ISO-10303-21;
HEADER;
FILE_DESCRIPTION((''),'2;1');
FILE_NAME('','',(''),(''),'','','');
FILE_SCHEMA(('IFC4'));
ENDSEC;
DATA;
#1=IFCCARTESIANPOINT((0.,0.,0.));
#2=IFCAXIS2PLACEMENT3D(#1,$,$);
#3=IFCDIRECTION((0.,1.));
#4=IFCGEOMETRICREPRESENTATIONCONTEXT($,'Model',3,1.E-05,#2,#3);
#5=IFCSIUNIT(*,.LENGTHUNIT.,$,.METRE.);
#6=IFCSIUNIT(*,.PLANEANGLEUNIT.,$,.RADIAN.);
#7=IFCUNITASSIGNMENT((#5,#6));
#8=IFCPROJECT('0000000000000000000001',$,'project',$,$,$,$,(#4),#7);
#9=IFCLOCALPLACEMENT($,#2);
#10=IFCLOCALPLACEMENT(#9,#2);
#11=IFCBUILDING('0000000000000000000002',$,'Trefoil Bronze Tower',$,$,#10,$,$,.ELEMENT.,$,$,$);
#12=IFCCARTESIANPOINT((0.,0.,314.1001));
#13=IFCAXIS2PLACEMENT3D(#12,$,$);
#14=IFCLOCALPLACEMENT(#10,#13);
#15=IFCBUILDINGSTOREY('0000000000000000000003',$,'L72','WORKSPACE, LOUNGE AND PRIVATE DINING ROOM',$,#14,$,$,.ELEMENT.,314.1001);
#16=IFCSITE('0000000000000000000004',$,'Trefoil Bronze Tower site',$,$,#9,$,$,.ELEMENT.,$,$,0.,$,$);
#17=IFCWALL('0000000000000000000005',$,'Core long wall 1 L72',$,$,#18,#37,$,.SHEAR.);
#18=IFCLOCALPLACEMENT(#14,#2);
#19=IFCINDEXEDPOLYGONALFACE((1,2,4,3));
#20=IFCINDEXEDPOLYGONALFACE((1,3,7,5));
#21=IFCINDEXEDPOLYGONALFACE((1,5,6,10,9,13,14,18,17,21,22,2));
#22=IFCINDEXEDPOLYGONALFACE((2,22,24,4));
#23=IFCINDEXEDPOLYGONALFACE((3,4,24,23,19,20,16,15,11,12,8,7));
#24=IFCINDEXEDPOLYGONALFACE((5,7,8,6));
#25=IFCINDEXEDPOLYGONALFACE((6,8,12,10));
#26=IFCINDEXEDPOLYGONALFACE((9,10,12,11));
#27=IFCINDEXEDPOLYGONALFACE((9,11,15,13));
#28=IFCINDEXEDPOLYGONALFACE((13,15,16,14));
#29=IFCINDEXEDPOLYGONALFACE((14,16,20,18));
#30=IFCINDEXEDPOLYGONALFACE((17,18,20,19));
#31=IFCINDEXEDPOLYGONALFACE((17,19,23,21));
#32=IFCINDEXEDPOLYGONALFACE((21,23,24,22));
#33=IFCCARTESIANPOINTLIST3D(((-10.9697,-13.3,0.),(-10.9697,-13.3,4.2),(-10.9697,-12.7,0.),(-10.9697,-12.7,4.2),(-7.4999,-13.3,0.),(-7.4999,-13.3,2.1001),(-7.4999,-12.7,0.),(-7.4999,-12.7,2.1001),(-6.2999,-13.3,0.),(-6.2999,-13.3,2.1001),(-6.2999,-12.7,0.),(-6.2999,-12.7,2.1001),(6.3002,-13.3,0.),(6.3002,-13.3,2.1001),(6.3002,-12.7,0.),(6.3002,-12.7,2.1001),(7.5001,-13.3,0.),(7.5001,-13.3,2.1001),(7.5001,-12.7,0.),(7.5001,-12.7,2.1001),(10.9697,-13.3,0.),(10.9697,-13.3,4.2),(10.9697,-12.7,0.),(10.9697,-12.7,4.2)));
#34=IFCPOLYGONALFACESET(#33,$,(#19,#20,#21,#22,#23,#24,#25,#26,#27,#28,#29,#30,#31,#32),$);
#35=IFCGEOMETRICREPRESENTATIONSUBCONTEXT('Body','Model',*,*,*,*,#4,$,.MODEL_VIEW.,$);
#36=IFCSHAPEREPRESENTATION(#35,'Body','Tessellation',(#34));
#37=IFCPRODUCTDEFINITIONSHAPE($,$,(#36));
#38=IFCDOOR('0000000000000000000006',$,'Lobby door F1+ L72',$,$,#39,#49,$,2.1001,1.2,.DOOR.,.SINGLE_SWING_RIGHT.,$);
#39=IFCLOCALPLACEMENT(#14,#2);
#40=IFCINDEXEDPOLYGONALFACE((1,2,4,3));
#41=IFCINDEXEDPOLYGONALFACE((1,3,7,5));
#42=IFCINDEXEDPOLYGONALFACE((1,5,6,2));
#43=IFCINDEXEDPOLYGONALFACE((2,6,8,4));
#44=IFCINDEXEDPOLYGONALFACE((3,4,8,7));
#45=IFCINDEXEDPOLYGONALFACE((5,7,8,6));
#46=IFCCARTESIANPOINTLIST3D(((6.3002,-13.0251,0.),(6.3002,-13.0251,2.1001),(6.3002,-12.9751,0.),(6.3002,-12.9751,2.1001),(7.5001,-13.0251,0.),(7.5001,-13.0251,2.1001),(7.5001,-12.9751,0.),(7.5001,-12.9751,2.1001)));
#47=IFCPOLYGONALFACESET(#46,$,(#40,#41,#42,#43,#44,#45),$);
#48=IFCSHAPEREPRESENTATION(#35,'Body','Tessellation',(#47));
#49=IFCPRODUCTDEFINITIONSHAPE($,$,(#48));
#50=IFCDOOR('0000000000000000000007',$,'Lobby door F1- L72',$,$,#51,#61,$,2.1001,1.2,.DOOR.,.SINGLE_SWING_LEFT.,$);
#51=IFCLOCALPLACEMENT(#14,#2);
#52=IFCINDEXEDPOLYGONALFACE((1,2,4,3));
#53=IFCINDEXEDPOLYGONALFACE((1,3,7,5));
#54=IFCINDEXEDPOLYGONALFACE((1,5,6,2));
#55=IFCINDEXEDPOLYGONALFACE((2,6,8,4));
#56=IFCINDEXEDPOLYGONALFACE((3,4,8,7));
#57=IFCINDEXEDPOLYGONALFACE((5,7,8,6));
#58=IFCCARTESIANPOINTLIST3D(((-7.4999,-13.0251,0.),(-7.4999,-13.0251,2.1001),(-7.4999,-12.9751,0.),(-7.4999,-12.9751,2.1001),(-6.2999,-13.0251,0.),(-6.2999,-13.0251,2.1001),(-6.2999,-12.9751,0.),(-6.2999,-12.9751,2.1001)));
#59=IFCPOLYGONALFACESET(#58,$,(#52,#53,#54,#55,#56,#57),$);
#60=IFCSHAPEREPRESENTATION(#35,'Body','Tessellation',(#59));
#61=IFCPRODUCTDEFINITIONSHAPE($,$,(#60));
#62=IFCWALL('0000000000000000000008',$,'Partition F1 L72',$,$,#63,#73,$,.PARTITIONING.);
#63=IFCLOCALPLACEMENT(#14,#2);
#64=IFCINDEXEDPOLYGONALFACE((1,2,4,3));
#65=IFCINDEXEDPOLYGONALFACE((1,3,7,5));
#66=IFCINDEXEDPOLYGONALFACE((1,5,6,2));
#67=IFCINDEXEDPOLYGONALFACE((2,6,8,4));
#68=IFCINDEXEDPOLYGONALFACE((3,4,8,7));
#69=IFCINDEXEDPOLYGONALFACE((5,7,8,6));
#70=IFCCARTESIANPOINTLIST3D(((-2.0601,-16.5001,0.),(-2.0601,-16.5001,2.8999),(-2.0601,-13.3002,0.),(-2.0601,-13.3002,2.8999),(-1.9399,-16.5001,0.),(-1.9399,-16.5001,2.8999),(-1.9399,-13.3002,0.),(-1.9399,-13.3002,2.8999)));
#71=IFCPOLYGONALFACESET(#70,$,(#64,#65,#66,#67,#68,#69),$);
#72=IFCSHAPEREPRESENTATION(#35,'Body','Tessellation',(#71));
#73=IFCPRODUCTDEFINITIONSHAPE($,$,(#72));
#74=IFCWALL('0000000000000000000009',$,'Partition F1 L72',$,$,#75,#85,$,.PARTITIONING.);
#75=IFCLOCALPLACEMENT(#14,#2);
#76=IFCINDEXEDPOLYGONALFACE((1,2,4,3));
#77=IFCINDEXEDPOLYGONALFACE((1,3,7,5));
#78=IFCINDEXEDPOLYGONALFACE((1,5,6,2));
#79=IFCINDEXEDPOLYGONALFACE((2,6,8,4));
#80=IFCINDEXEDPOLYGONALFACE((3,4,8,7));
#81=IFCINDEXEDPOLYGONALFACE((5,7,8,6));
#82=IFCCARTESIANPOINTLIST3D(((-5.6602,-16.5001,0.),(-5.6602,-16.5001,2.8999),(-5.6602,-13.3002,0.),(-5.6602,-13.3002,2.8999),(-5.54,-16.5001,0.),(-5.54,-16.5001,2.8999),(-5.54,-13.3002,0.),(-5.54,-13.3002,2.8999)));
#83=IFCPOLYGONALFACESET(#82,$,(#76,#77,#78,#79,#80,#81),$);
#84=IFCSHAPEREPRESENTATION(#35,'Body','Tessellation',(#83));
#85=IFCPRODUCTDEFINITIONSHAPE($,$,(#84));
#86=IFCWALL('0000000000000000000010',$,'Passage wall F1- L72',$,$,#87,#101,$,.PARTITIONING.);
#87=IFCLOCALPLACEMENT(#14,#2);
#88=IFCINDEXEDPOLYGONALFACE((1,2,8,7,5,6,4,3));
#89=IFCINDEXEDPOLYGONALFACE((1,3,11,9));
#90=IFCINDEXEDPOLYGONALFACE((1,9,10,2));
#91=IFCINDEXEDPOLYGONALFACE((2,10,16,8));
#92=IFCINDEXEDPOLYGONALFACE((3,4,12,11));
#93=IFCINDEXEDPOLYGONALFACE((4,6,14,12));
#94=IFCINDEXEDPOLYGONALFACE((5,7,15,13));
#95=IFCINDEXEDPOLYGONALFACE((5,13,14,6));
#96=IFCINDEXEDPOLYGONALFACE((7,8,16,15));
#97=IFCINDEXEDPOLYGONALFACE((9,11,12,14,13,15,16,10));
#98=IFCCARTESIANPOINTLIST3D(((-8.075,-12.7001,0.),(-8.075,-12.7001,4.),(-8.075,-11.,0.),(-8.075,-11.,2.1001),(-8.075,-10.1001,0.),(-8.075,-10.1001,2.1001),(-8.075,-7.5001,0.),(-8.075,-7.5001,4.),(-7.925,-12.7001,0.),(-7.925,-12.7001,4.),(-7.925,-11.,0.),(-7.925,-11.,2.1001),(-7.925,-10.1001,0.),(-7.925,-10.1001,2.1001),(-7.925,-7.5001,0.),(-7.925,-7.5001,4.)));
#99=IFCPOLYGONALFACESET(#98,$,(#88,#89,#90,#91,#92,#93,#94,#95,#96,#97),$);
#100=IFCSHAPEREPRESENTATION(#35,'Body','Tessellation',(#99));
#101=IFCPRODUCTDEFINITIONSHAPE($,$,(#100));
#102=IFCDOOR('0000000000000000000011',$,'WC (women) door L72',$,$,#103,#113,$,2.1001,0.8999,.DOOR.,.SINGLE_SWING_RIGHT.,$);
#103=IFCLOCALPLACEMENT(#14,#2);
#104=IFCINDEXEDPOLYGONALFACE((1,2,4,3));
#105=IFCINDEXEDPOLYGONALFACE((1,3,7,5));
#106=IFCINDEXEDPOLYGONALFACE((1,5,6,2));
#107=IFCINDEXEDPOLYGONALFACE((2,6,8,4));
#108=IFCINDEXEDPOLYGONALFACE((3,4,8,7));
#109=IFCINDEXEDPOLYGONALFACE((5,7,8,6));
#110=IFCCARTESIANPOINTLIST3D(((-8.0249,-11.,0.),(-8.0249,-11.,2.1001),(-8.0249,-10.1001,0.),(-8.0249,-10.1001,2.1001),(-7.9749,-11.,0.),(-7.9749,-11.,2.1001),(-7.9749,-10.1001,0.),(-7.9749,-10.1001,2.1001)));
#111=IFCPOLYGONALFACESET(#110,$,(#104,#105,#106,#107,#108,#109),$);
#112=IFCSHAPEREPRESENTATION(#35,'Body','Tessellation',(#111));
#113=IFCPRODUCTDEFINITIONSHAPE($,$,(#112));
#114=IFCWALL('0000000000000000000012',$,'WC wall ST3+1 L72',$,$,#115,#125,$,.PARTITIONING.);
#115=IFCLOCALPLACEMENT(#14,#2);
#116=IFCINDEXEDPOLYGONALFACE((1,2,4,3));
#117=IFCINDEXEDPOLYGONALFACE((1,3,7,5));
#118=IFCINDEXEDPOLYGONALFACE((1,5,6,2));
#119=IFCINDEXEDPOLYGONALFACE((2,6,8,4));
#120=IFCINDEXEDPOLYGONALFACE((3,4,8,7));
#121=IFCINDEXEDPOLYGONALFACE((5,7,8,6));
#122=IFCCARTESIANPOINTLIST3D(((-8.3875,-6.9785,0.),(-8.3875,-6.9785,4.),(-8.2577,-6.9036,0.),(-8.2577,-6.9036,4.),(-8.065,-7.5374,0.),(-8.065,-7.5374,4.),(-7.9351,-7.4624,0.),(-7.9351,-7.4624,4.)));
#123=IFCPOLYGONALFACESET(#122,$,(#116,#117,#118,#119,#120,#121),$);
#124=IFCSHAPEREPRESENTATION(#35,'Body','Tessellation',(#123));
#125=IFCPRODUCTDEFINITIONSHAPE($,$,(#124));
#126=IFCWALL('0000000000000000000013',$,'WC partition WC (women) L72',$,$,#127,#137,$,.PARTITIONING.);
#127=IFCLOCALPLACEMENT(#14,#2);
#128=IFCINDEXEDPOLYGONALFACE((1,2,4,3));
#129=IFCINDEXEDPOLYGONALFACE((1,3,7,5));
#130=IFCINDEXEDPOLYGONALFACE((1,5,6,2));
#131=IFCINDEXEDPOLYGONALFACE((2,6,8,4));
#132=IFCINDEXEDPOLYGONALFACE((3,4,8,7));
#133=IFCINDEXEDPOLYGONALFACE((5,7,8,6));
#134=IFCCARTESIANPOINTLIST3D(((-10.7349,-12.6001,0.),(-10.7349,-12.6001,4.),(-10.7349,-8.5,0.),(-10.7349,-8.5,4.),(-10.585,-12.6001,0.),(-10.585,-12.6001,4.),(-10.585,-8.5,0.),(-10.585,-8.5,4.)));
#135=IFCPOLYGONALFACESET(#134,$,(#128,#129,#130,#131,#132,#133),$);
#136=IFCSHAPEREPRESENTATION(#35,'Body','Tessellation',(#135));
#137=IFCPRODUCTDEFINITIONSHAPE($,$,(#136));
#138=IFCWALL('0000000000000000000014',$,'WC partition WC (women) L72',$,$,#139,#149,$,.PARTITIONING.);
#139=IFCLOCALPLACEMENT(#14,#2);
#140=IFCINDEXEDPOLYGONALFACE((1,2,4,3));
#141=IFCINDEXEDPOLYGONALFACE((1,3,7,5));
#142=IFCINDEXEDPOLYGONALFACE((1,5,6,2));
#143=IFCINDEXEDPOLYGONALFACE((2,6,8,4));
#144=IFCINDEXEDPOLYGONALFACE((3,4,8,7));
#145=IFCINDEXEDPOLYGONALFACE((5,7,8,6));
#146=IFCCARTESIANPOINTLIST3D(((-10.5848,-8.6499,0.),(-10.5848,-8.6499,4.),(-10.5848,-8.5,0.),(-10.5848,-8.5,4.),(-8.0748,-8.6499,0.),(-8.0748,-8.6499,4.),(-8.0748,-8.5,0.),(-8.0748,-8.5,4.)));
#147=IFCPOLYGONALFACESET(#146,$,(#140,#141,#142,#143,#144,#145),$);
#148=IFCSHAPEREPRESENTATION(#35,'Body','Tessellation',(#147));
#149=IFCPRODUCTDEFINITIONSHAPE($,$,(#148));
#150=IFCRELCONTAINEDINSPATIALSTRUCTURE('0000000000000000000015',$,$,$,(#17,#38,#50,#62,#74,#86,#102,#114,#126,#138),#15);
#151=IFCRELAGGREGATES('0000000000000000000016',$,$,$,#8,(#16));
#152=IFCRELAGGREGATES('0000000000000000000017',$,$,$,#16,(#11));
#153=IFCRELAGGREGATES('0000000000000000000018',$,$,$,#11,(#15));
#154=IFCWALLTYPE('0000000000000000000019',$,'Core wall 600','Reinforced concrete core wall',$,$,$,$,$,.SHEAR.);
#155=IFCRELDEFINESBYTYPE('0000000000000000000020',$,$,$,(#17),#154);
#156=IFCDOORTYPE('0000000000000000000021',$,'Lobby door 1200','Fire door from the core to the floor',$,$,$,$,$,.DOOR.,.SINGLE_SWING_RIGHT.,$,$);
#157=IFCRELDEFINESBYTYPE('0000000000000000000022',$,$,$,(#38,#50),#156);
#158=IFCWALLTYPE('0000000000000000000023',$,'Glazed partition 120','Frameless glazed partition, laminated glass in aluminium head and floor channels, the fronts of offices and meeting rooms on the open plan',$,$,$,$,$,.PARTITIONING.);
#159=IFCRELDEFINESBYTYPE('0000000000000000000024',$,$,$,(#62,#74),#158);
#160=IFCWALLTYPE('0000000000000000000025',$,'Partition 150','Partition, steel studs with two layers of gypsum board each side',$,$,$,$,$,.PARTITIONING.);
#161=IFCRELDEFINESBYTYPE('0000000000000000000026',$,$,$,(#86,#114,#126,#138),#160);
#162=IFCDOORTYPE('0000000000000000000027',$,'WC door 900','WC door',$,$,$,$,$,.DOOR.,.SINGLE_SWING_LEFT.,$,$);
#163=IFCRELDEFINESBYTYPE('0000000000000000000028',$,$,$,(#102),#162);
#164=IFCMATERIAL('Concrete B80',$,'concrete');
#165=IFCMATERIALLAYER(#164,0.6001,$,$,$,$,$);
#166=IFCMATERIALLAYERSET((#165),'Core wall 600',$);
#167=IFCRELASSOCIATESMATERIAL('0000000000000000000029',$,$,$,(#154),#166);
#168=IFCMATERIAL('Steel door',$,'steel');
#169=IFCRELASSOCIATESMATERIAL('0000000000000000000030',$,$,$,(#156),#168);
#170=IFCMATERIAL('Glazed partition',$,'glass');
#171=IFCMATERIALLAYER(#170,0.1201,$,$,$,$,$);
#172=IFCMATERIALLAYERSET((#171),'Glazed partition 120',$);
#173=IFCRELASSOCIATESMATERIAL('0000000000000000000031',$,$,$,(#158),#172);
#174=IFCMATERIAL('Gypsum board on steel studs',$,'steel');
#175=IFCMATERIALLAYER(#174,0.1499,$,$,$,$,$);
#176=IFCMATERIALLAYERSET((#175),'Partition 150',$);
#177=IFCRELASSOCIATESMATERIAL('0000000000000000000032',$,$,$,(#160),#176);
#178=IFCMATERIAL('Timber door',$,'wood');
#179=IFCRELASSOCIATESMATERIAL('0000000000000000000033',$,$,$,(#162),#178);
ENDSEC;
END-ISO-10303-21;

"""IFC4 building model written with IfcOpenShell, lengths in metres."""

from ifc_helpers import new_model, si_unit, direction, frame, frame_2d, origin, place, context, subcontext, project, spatial, rectangle, extrude, material, layer, layer_set, type_object, element, fill, save


model = new_model("IFC4")

# Units and contexts
model_context = context("Model", 3, precision=1e-05, world=origin(), true_north=direction((0.0, 1.0)))
body_context = subcontext(model_context, "Body", "Model", "MODEL_VIEW")
ifc_project = project(units=[si_unit("LENGTHUNIT", "METRE"), si_unit("PLANEANGLEUNIT", "RADIAN")], contexts=[model_context])

# Site, building, storey
site_placement = place(None, origin())
site = spatial("IfcSite", under=ifc_project, at=site_placement, Name="Trefoil Bronze Tower site", CompositionType="ELEMENT", RefElevation=0.0)
building_placement = place(site_placement, origin())
building = spatial("IfcBuilding", under=site, at=building_placement, Name="Trefoil Bronze Tower", CompositionType="ELEMENT")
storey_placement = place(building_placement, frame((0.0, 0.0, 314.1001)))
storey = spatial("IfcBuildingStorey", under=building, at=storey_placement, Name="L72", Description="WORKSPACE, LOUNGE AND PRIVATE DINING ROOM", CompositionType="ELEMENT", Elevation=314.1001)

# Wall, openings, doors
ifc_material_1 = material(Name="Concrete B80", Category="concrete")
ifc_layer_1 = layer(ifc_material_1, 0.6001)
ifc_layer_set_1 = layer_set([ifc_layer_1], Name="Core wall 600")
wall_type_1 = type_object("IfcWallType", Name="Core wall 600", Description="Reinforced concrete core wall", PredefinedType="SHEAR", material=ifc_layer_set_1)
wall_1_placement = place(storey_placement, frame((-10.9697, -13.0, 0.0), z_axis=(0.0, 0.0, 1.0), x_axis=(1.0, 0.0, 0.0)))
wall_1 = element("IfcWall", 1, at=wall_1_placement, inside=storey, type_object=wall_type_1, Name="Core long wall 1 L72", PredefinedType="SHEAR", context=body_context, shape_type="SweptSolid", body=[
    extrude(rectangle(XDim=21.9395, YDim=0.6001, at=frame_2d((10.9697, 0.0))), origin(), (0.0, 0.0, 1.0), 4.2),
])
opening_1_placement = place(wall_1_placement, frame((17.2698, 0.0, 0.0)))
opening_1 = element("IfcOpeningElement", 2, at=opening_1_placement, cuts=wall_1, PredefinedType="OPENING", context=body_context, shape_type="SweptSolid", body=[
    extrude(rectangle(XDim=1.2, YDim=2.1001, at=frame_2d((0.6001, 1.05))), frame((0.0, 0.3101, 0.0), z_axis=(0.0, -1.0, 0.0), x_axis=(1.0, 0.0, 0.0)), (0.0, 0.0, 1.0), 0.6201),
])
opening_2_placement = place(wall_1_placement, frame((3.4697, 0.0, 0.0)))
opening_2 = element("IfcOpeningElement", 3, at=opening_2_placement, cuts=wall_1, PredefinedType="OPENING", context=body_context, shape_type="SweptSolid", body=[
    extrude(rectangle(XDim=1.2, YDim=2.1001, at=frame_2d((0.6001, 1.05))), frame((0.0, 0.3101, 0.0), z_axis=(0.0, -1.0, 0.0), x_axis=(1.0, 0.0, 0.0)), (0.0, 0.0, 1.0), 0.6201),
])
ifc_material_2 = material(Name="Steel door", Category="steel")
door_type_1 = type_object("IfcDoorType", Name="Lobby door 1200", Description="Fire door from the core to the floor", OperationType="SINGLE_SWING_RIGHT", PredefinedType="DOOR", material=ifc_material_2)
door_1_placement = place(opening_1_placement, origin())
door_1 = element("IfcDoor", 4, at=door_1_placement, inside=storey, type_object=door_type_1, Name="Lobby door F1+ L72", OperationType="SINGLE_SWING_RIGHT", OverallHeight=2.1001, OverallWidth=1.2, PredefinedType="DOOR", context=body_context, shape_type="SweptSolid", body=[
    extrude(rectangle(XDim=1.2, YDim=2.1001, at=frame_2d((0.6001, 1.05))), frame((0.0, 0.0249, 0.0), z_axis=(0.0, -1.0, 0.0), x_axis=(1.0, 0.0, 0.0)), (0.0, 0.0, 1.0), 0.05),
])
fill(opening_1, door_1)
door_2_placement = place(opening_2_placement, origin())
door_2 = element("IfcDoor", 5, at=door_2_placement, inside=storey, type_object=door_type_1, Name="Lobby door F1- L72", OperationType="SINGLE_SWING_LEFT", OverallHeight=2.1001, OverallWidth=1.2, PredefinedType="DOOR", context=body_context, shape_type="SweptSolid", body=[
    extrude(rectangle(XDim=1.2, YDim=2.1001, at=frame_2d((0.6001, 1.05))), frame((0.0, 0.0249, 0.0), z_axis=(0.0, -1.0, 0.0), x_axis=(1.0, 0.0, 0.0)), (0.0, 0.0, 1.0), 0.05),
])
fill(opening_2, door_2)

# Walls
ifc_material_3 = material(Name="Glazed partition", Category="glass")
ifc_layer_2 = layer(ifc_material_3, 0.1201)
ifc_layer_set_2 = layer_set([ifc_layer_2], Name="Glazed partition 120")
wall_type_2 = type_object("IfcWallType", Name="Glazed partition 120", Description="Frameless glazed partition, laminated glass in aluminium head and floor channels, the fronts of offices and meeting rooms on the open plan", PredefinedType="PARTITIONING", material=ifc_layer_set_2)
for number, where, z_axis, x_axis, name in (
    (6, (-2.0, -13.3, 0.0), (0.0, 0.0, 1.0), (0.0, -1.0, 0.0), "Partition F1 L72"),
    (7, (-5.6001, -13.3, 0.0), (0.0, 0.0, 1.0), (0.0, -1.0, 0.0), "Partition F1 L72"),
):
    element("IfcWall", number, at=place(storey_placement, frame(where, z_axis=z_axis, x_axis=x_axis)), inside=storey, type_object=wall_type_2, Name=name, PredefinedType="PARTITIONING", context=body_context, shape_type="SweptSolid", body=[
        extrude(rectangle(XDim=3.2, YDim=0.1201, at=frame_2d((1.6001, 0.0))), origin(), (0.0, 0.0, 1.0), 2.8999),
    ])

# Wall, opening, door
ifc_material_4 = material(Name="Gypsum board on steel studs", Category="steel")
ifc_layer_3 = layer(ifc_material_4, 0.1499)
ifc_layer_set_3 = layer_set([ifc_layer_3], Name="Partition 150")
wall_type_3 = type_object("IfcWallType", Name="Partition 150", Description="Partition, steel studs with two layers of gypsum board each side", PredefinedType="PARTITIONING", material=ifc_layer_set_3)
wall_2_placement = place(storey_placement, frame((-8.0, -7.5, 0.0), z_axis=(0.0, 0.0, 1.0), x_axis=(0.0, -1.0, 0.0)))
wall_2 = element("IfcWall", 8, at=wall_2_placement, inside=storey, type_object=wall_type_3, Name="Passage wall F1- L72", PredefinedType="PARTITIONING", context=body_context, shape_type="SweptSolid", body=[
    extrude(rectangle(XDim=5.2, YDim=0.1499, at=frame_2d((2.6001, 0.0))), origin(), (0.0, 0.0, 1.0), 4.0),
])
opening_3_placement = place(wall_2_placement, frame((2.6001, 0.0, 0.0)))
opening_3 = element("IfcOpeningElement", 9, at=opening_3_placement, cuts=wall_2, PredefinedType="OPENING", context=body_context, shape_type="SweptSolid", body=[
    extrude(rectangle(XDim=0.8999, YDim=2.1001, at=frame_2d((0.45, 1.05))), frame((0.0, 0.085, 0.0), z_axis=(0.0, -1.0, 0.0), x_axis=(1.0, 0.0, 0.0)), (0.0, 0.0, 1.0), 0.1699),
])
ifc_material_5 = material(Name="Timber door", Category="wood")
door_type_2 = type_object("IfcDoorType", Name="WC door 900", Description="WC door", OperationType="SINGLE_SWING_LEFT", PredefinedType="DOOR", material=ifc_material_5)
door_3_placement = place(opening_3_placement, frame((0.8999, 0.0, 0.0), z_axis=(0.0, 0.0, 1.0), x_axis=(-1.0, 0.0, 0.0)))
door_3 = element("IfcDoor", 10, at=door_3_placement, inside=storey, type_object=door_type_2, Name="WC (women) door L72", OperationType="SINGLE_SWING_RIGHT", OverallHeight=2.1001, OverallWidth=0.8999, PredefinedType="DOOR", context=body_context, shape_type="SweptSolid", body=[
    extrude(rectangle(XDim=0.8999, YDim=2.1001, at=frame_2d((0.45, 1.05))), frame((0.0, 0.0249, 0.0), z_axis=(0.0, -1.0, 0.0), x_axis=(1.0, 0.0, 0.0)), (0.0, 0.0, 1.0), 0.05),
])
fill(opening_3, door_3)

# Walls
wall_3_placement = place(storey_placement, frame((-8.0, -7.5, 0.0), z_axis=(0.0, 0.0, 1.0), x_axis=(-0.499843, 0.866116, 0.0)))
element("IfcWall", 11, at=wall_3_placement, inside=storey, type_object=wall_type_3, Name="WC wall ST3+1 L72", PredefinedType="PARTITIONING", context=body_context, shape_type="SweptSolid", body=[
    extrude(rectangle(XDim=0.6453, YDim=0.1499, at=frame_2d((0.3228, 0.0))), origin(), (0.0, 0.0, 1.0), 4.0),
])
wall_4_placement = place(storey_placement, frame((-10.6599, -8.5, 0.0), z_axis=(0.0, 0.0, 1.0), x_axis=(0.0, -1.0, 0.0)))
element("IfcWall", 12, at=wall_4_placement, inside=storey, type_object=wall_type_3, Name="WC partition WC (women) L72", PredefinedType="PARTITIONING", context=body_context, shape_type="SweptSolid", body=[
    extrude(rectangle(XDim=4.1001, YDim=0.1499, at=frame_2d((2.05, 0.0))), origin(), (0.0, 0.0, 1.0), 4.0),
])
wall_5_placement = place(storey_placement, frame((-8.075, -8.575, 0.0), z_axis=(0.0, 0.0, 1.0), x_axis=(-1.0, 0.0, 0.0)))
element("IfcWall", 13, at=wall_5_placement, inside=storey, type_object=wall_type_3, Name="WC partition WC (women) L72", PredefinedType="PARTITIONING", context=body_context, shape_type="SweptSolid", body=[
    extrude(rectangle(XDim=2.51, YDim=0.1499, at=frame_2d((1.2549, 0.0))), origin(), (0.0, 0.0, 1.0), 4.0),
])

save(model, "model.ifc")
